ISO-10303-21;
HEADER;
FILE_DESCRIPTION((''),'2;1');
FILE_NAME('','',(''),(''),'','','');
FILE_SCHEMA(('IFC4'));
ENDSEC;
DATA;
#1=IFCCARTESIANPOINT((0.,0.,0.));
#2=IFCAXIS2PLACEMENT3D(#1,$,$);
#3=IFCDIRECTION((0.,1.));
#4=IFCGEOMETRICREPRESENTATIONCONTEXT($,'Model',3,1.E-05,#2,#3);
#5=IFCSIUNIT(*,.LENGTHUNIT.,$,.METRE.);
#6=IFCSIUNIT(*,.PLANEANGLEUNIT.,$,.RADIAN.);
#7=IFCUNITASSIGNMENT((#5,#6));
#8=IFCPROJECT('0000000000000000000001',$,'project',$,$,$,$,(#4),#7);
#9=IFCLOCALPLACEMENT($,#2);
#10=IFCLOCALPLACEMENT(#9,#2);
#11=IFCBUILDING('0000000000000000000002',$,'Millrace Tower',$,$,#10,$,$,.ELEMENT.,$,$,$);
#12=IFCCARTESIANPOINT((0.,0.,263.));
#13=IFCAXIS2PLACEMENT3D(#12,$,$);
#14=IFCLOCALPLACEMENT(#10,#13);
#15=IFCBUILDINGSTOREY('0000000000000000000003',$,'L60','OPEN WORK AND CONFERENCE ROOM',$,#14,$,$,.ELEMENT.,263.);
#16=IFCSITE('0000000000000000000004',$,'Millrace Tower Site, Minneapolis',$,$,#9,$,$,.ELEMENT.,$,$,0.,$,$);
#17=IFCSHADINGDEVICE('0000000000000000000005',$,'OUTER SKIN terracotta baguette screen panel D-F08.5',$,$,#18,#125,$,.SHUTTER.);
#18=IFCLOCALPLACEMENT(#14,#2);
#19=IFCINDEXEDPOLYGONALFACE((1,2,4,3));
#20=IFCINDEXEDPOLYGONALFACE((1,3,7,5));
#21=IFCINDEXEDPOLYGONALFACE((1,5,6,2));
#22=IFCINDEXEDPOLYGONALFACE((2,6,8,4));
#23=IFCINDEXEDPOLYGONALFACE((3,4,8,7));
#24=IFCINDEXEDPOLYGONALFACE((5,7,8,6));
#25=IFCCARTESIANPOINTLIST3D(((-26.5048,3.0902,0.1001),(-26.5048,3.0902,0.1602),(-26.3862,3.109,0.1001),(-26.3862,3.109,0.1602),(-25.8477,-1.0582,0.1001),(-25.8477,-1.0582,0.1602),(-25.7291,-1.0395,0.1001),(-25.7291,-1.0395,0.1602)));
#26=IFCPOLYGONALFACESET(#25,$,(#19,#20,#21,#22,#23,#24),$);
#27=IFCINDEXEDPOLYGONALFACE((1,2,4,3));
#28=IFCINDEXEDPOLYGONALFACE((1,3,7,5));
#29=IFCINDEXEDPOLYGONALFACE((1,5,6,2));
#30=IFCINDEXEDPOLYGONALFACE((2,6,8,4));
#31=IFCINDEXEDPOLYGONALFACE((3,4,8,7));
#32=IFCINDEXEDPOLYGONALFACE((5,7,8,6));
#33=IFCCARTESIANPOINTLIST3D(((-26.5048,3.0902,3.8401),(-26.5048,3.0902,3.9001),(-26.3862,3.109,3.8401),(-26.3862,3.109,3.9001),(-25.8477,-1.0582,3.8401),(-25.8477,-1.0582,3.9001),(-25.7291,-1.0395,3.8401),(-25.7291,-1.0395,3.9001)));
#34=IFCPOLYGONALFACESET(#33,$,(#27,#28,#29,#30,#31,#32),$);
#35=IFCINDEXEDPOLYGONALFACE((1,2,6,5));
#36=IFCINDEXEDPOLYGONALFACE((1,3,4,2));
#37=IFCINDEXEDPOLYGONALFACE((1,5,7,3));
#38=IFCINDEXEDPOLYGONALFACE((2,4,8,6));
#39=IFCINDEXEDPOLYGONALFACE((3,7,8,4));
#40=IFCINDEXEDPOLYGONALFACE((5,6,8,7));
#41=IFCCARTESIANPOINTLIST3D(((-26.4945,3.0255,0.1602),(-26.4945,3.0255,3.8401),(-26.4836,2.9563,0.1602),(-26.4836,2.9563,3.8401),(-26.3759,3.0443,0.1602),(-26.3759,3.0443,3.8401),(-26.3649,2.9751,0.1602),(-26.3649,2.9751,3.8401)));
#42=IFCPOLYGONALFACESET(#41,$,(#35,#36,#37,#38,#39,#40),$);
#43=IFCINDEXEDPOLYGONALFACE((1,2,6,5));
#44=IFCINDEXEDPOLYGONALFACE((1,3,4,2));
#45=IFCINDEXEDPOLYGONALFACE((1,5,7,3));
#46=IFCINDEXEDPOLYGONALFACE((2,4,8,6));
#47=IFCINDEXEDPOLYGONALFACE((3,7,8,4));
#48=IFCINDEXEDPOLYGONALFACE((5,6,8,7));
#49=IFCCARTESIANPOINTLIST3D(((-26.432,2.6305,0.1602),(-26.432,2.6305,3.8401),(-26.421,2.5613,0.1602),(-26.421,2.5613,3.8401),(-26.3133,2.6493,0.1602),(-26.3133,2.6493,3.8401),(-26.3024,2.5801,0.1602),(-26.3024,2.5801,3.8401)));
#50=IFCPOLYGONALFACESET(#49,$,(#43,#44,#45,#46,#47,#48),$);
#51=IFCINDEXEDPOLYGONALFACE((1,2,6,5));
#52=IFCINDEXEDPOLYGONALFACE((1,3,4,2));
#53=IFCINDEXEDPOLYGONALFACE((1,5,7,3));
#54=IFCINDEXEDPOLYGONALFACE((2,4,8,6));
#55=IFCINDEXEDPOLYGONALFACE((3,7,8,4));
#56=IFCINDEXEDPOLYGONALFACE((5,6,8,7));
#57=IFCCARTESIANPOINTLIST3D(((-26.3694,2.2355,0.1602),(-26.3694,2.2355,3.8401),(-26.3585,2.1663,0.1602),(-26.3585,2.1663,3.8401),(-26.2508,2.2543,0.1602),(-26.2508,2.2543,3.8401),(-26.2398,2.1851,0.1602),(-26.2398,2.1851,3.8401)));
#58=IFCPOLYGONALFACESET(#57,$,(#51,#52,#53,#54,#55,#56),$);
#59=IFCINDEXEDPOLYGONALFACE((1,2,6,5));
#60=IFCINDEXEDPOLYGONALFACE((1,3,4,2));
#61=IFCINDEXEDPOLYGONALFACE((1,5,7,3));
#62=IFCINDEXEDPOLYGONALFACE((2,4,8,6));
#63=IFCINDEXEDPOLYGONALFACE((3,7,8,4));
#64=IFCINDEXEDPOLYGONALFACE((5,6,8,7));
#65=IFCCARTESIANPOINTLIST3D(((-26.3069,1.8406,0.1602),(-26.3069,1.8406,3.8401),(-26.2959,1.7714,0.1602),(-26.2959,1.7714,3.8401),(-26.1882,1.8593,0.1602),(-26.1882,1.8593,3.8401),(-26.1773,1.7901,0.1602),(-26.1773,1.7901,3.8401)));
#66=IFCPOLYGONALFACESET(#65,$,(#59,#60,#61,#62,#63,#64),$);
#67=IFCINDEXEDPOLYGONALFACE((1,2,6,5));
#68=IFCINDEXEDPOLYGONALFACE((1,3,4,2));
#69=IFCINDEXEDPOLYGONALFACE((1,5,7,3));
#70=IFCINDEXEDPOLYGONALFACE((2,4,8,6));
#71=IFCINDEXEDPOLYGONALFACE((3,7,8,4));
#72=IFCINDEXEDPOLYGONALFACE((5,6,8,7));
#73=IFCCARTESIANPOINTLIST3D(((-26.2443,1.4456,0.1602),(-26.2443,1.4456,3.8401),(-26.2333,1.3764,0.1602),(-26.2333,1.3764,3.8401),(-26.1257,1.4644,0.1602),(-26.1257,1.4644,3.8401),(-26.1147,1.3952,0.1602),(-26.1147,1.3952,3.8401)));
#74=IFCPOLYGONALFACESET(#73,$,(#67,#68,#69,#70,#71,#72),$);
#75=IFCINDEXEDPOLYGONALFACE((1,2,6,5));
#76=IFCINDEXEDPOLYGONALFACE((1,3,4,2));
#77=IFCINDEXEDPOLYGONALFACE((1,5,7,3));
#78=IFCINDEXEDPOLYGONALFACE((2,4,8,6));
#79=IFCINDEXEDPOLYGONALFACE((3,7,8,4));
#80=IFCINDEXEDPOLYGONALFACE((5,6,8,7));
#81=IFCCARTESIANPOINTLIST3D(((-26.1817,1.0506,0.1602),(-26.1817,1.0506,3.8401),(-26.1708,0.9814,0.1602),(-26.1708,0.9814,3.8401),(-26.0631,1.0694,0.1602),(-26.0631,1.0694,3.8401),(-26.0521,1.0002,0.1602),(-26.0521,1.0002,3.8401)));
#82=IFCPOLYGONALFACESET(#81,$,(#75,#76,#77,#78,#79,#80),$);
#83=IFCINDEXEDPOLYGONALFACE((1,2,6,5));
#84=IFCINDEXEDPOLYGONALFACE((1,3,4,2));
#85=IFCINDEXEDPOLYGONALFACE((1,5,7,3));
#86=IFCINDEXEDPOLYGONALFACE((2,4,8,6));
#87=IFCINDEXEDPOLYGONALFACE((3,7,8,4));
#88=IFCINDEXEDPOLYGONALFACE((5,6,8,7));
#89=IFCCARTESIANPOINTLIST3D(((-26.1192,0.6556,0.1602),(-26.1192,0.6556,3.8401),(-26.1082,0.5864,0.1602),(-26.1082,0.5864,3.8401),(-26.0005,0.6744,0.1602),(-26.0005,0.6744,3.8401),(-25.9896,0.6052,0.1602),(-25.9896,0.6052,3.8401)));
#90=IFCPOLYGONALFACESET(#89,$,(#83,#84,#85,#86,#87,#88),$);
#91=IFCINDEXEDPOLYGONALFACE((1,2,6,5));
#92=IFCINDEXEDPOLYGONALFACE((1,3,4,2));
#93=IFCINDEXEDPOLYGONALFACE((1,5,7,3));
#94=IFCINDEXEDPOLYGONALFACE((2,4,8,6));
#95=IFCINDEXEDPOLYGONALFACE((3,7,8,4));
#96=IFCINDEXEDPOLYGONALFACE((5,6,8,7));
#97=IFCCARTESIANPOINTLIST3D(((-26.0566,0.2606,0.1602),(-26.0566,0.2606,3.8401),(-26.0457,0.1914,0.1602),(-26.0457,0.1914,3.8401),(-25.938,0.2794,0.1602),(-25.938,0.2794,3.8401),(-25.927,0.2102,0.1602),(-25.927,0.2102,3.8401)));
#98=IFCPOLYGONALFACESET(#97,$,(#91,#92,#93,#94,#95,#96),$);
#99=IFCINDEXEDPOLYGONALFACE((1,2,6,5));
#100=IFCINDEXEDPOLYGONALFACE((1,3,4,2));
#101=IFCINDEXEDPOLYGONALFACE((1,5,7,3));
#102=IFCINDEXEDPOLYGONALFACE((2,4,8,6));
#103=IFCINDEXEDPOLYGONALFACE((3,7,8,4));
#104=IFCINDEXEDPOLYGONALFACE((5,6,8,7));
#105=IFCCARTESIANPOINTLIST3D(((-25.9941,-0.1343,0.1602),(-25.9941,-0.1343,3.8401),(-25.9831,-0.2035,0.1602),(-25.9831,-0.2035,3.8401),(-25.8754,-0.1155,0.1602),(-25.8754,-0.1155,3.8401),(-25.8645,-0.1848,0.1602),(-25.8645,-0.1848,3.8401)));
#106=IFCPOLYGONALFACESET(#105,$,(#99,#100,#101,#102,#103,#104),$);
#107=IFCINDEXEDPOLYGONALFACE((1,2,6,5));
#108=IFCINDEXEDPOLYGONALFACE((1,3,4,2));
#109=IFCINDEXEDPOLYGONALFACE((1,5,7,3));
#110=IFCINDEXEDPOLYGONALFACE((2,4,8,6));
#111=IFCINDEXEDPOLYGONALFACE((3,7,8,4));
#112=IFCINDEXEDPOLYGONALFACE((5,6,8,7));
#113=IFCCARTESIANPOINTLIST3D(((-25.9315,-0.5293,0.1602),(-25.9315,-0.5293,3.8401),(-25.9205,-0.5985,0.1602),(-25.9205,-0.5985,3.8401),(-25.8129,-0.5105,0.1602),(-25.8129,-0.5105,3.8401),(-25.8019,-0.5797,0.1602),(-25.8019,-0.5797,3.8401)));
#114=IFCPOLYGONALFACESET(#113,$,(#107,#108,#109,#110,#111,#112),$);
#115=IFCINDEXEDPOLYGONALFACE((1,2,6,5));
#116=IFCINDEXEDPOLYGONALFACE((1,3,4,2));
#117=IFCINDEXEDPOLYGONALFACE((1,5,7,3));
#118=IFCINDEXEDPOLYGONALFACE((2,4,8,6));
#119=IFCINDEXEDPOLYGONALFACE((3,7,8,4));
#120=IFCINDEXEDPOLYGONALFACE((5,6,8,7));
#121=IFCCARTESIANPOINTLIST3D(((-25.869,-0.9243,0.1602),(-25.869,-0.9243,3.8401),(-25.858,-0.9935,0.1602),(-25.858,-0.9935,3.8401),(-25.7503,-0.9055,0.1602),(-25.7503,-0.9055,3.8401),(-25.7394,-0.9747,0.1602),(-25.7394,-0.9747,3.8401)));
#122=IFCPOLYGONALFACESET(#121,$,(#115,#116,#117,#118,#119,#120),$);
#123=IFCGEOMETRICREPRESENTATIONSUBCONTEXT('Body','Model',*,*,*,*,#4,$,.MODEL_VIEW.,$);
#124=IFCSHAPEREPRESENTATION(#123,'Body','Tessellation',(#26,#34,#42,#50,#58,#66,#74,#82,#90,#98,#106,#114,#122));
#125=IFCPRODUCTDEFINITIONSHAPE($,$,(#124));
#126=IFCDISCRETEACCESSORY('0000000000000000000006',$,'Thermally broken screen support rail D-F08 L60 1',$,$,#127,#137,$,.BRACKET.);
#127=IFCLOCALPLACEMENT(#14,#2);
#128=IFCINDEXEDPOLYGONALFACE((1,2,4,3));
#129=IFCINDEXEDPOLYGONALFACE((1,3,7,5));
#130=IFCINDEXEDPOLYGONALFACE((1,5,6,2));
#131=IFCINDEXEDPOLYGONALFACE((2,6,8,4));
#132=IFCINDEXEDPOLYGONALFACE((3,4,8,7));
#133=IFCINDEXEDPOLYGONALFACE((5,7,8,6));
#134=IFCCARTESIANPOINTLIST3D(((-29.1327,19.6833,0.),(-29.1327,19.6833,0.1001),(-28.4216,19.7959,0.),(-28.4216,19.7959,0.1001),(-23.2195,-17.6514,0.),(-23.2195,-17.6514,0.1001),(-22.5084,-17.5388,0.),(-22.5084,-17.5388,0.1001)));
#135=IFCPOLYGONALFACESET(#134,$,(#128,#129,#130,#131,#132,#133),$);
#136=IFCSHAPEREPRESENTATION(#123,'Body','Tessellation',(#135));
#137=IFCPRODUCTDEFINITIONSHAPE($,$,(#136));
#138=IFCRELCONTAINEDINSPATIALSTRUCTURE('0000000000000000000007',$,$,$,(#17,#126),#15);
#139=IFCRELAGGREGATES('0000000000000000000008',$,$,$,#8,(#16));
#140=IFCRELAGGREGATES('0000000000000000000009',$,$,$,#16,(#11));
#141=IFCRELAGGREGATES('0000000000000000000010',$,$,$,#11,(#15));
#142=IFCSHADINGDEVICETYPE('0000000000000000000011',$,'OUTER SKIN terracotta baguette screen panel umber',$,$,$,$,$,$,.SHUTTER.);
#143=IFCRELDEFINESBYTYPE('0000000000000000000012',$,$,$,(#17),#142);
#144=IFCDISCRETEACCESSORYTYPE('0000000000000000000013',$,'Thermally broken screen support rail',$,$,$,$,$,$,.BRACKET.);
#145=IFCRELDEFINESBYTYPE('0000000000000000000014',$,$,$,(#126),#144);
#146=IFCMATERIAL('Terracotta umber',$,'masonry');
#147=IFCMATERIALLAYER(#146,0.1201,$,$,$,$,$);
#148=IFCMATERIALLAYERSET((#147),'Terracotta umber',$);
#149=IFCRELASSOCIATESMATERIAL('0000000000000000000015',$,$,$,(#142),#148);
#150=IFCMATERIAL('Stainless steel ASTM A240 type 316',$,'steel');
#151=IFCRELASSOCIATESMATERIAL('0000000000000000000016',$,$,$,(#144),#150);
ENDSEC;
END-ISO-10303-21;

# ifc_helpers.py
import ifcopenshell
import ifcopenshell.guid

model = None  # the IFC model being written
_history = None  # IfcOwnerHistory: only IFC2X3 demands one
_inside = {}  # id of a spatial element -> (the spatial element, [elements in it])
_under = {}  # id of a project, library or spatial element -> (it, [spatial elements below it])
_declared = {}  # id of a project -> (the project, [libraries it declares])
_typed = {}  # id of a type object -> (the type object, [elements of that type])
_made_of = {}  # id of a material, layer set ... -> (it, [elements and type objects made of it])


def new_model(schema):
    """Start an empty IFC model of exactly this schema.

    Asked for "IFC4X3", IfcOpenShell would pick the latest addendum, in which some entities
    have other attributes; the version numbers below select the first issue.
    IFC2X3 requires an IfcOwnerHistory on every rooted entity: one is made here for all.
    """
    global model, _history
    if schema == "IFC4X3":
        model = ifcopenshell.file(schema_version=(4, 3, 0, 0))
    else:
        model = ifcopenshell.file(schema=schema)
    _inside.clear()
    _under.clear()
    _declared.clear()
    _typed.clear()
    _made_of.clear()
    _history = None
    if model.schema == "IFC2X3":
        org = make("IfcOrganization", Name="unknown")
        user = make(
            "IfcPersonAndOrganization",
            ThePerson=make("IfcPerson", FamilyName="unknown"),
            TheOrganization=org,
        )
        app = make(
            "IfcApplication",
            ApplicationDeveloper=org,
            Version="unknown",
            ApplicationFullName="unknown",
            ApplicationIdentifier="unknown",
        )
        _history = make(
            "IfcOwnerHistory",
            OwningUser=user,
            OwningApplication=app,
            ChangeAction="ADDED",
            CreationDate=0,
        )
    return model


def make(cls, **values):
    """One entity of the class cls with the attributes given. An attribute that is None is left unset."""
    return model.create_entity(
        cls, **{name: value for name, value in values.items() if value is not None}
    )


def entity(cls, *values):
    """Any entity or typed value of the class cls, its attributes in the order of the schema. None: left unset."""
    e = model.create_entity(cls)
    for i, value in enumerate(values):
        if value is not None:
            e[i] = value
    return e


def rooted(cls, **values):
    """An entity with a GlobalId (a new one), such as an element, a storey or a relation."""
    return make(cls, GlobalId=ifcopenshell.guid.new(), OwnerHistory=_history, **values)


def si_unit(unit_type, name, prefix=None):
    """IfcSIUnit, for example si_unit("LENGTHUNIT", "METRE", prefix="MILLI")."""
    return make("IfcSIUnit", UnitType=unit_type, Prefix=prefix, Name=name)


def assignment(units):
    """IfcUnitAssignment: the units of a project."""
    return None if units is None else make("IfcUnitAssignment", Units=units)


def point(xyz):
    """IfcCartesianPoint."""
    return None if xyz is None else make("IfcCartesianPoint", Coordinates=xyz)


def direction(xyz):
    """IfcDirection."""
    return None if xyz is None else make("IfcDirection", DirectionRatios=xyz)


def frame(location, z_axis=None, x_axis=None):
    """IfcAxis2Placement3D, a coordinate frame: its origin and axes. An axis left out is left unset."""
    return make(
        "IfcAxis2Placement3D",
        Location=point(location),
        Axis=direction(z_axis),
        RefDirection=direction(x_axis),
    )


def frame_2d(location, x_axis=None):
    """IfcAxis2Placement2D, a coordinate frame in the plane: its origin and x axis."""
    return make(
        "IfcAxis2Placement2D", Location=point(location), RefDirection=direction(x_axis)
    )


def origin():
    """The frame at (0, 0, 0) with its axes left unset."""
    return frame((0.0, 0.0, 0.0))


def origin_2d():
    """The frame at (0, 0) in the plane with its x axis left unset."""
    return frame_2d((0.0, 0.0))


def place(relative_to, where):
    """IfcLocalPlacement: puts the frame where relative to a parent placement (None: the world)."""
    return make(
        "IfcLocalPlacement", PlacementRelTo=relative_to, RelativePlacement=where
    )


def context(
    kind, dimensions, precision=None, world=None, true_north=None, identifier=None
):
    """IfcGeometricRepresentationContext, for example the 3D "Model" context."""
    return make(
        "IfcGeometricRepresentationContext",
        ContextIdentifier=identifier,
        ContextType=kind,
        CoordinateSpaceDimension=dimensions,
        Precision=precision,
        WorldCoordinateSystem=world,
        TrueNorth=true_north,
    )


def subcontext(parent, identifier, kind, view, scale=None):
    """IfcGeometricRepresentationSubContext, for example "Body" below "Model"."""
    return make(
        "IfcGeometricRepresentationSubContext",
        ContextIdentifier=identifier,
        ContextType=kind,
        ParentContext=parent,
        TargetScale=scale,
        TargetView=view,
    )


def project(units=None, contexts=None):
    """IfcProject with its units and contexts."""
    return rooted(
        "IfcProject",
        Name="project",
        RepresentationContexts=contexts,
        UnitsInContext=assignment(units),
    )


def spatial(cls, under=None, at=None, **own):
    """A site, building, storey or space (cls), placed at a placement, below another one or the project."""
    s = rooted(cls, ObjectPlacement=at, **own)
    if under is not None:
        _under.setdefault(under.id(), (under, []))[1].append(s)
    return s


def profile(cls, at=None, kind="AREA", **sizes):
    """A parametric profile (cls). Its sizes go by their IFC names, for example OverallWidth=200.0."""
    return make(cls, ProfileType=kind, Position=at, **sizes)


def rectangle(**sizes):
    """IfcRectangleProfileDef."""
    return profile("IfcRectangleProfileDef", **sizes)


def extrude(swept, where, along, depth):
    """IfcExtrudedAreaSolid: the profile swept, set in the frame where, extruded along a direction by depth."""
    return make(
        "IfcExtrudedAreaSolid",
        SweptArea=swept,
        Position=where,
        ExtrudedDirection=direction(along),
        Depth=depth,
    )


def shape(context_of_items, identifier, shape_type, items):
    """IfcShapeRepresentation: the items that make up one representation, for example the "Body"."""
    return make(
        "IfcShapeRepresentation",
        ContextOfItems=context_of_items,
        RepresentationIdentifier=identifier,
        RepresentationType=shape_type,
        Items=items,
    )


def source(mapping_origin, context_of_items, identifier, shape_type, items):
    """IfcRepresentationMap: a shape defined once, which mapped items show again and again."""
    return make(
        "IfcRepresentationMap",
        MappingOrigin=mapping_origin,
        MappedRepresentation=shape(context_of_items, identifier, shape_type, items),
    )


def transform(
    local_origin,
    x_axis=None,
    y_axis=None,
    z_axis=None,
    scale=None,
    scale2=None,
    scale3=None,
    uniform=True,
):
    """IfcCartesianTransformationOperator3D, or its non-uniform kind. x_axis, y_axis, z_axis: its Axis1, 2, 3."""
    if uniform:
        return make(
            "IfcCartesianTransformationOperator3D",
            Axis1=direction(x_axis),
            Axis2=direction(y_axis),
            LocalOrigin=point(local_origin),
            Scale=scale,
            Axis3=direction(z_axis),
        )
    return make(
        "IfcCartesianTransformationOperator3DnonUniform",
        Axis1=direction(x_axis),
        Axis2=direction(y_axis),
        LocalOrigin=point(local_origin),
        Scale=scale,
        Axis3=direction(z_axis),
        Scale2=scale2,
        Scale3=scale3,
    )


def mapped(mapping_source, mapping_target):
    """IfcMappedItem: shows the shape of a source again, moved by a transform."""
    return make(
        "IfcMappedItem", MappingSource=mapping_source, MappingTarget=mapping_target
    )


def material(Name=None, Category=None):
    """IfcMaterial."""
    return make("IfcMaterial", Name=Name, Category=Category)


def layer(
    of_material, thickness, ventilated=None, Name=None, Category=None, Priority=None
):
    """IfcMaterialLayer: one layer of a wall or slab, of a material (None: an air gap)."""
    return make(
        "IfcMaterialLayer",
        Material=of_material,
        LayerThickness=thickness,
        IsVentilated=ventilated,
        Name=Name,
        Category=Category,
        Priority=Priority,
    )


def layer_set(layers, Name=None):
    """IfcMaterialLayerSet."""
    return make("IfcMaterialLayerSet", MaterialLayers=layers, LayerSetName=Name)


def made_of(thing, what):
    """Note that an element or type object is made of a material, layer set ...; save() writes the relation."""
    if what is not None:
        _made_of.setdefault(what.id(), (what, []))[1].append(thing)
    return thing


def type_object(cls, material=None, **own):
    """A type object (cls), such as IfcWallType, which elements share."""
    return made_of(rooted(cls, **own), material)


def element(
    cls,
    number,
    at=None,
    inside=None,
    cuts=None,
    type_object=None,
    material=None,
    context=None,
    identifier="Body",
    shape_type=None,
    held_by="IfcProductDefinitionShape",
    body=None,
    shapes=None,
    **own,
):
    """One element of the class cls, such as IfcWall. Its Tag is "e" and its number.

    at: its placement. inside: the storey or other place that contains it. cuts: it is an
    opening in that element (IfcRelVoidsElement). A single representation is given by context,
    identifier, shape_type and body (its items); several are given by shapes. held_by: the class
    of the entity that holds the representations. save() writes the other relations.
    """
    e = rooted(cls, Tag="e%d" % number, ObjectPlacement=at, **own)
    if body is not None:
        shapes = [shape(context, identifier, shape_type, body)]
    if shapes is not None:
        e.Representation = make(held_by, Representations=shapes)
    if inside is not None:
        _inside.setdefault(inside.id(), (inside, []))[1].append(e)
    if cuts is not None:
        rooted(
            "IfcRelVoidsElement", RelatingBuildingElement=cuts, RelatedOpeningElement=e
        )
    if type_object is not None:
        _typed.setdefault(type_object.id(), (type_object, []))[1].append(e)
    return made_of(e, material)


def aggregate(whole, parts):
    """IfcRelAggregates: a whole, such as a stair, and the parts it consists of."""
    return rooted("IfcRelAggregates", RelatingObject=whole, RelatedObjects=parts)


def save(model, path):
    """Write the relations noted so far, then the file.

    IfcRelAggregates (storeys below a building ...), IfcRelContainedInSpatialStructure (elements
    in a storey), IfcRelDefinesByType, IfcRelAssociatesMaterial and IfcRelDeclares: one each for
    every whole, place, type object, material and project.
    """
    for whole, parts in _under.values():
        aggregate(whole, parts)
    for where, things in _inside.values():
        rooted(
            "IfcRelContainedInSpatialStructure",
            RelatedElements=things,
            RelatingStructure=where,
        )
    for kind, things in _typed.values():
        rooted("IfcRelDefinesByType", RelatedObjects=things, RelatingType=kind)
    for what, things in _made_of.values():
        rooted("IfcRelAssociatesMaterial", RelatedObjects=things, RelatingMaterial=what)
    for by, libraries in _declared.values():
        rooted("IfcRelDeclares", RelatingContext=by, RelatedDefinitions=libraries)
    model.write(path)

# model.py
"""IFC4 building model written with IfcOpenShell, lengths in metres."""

from ifc_helpers import new_model, entity, si_unit, direction, frame, frame_2d, origin, origin_2d, place, context, subcontext, project, spatial, rectangle, extrude, source, transform, mapped, material, layer, layer_set, type_object, element, save


model = new_model("IFC4")

# Units and contexts
model_context = context("Model", 3, precision=1e-05, world=origin(), true_north=direction((0.0, 1.0)))
body_context = subcontext(model_context, "Body", "Model", "MODEL_VIEW")
ifc_project = project(units=[si_unit("LENGTHUNIT", "METRE"), si_unit("PLANEANGLEUNIT", "RADIAN")], contexts=[model_context])

# Site, building, storey
site_placement = place(None, origin())
site = spatial("IfcSite", under=ifc_project, at=site_placement, Name="Millrace Tower Site, Minneapolis", CompositionType="ELEMENT", RefElevation=0.0)
building_placement = place(site_placement, origin())
building = spatial("IfcBuilding", under=site, at=building_placement, Name="Millrace Tower", CompositionType="ELEMENT")
storey_placement = place(building_placement, frame((0.0, 0.0, 263.0)))
storey = spatial("IfcBuildingStorey", under=building, at=storey_placement, Name="L60", Description="OPEN WORK AND CONFERENCE ROOM", CompositionType="ELEMENT", Elevation=263.0)

# Shading device
ifc_material_1 = material(Name="Terracotta umber", Category="masonry")
ifc_layer_1 = layer(ifc_material_1, 0.1201)
ifc_layer_set_1 = layer_set([ifc_layer_1], Name="Terracotta umber")
shading_device_type = type_object("IfcShadingDeviceType", Name="OUTER SKIN terracotta baguette screen panel umber", PredefinedType="SHUTTER", material=ifc_layer_set_1)
cartesian_point = entity("IfcCartesianPoint", [-2.1001, 0.0601])
shared_polyline = entity("IfcPolyline", [cartesian_point, entity("IfcCartesianPoint", [2.1001, 0.0601]), entity("IfcCartesianPoint", [2.1001, -0.0601]), entity("IfcCartesianPoint", [-2.1001, -0.0601]), cartesian_point])
shared_shape = source(origin(), body_context, "Body", "SweptSolid", [
    entity("IfcExtrudedAreaSolid", entity("IfcArbitraryClosedProfileDef", "AREA", None, shared_polyline), entity("IfcAxis2Placement3D", entity("IfcCartesianPoint", [0.0, 0.0, 0.0])), entity("IfcDirection", [0.0, 0.0, 1.0]), 0.0601),
    entity("IfcExtrudedAreaSolid", entity("IfcArbitraryClosedProfileDef", "AREA", None, shared_polyline), entity("IfcAxis2Placement3D", entity("IfcCartesianPoint", [0.0, 0.0, 3.74])), entity("IfcDirection", [0.0, 0.0, 1.0]), 0.0601),
    extrude(rectangle(XDim=0.0701, YDim=0.1201, at=frame_2d((-1.9995, 0.0))), frame((0.0, 0.0, 0.0601)), (0.0, 0.0, 1.0), 3.6799),
    extrude(rectangle(XDim=0.0701, YDim=0.1201, at=frame_2d((-1.5996, 0.0))), frame((0.0, 0.0, 0.0601)), (0.0, 0.0, 1.0), 3.6799),
    extrude(rectangle(XDim=0.0701, YDim=0.1201, at=frame_2d((-1.1997, 0.0))), frame((0.0, 0.0, 0.0601)), (0.0, 0.0, 1.0), 3.6799),
    extrude(rectangle(XDim=0.0701, YDim=0.1201, at=frame_2d((-0.7998, 0.0))), frame((0.0, 0.0, 0.0601)), (0.0, 0.0, 1.0), 3.6799),
    extrude(rectangle(XDim=0.0701, YDim=0.1201, at=frame_2d((-0.3999, 0.0))), frame((0.0, 0.0, 0.0601)), (0.0, 0.0, 1.0), 3.6799),
    extrude(rectangle(XDim=0.0701, YDim=0.1201, at=origin_2d()), frame((0.0, 0.0, 0.0601)), (0.0, 0.0, 1.0), 3.6799),
    extrude(rectangle(XDim=0.0701, YDim=0.1201, at=frame_2d((0.3999, 0.0))), frame((0.0, 0.0, 0.0601)), (0.0, 0.0, 1.0), 3.6799),
    extrude(rectangle(XDim=0.0701, YDim=0.1201, at=frame_2d((0.7998, 0.0))), frame((0.0, 0.0, 0.0601)), (0.0, 0.0, 1.0), 3.6799),
    extrude(rectangle(XDim=0.0701, YDim=0.1201, at=frame_2d((1.1997, 0.0))), frame((0.0, 0.0, 0.0601)), (0.0, 0.0, 1.0), 3.6799),
    extrude(rectangle(XDim=0.0701, YDim=0.1201, at=frame_2d((1.5996, 0.0))), frame((0.0, 0.0, 0.0601)), (0.0, 0.0, 1.0), 3.6799),
    extrude(rectangle(XDim=0.0701, YDim=0.1201, at=frame_2d((1.9995, 0.0))), frame((0.0, 0.0, 0.0601)), (0.0, 0.0, 1.0), 3.6799),
])
for number, where, z_axis, x_axis, name in (
    (1, (-26.1169, 1.0254, 0.1001), (0.0, 0.0, 1.0), (0.156434, -0.987688, 0.0), "OUTER SKIN terracotta baguette screen panel D-F08.5"),
):
    element("IfcShadingDevice", number, at=place(storey_placement, frame(where, z_axis=z_axis, x_axis=x_axis)), inside=storey, type_object=shading_device_type, Name=name, PredefinedType="SHUTTER", context=body_context, shape_type="MappedRepresentation", body=[
        mapped(shared_shape, transform((0.0, 0.0, 0.0), scale=1.0)),
    ])

# Discrete accessory
ifc_material_2 = material(Name="Stainless steel ASTM A240 type 316", Category="steel")
discrete_accessory_type = type_object("IfcDiscreteAccessoryType", Name="Thermally broken screen support rail", PredefinedType="BRACKET", material=ifc_material_2)
discrete_accessory_placement = place(storey_placement, frame((-25.8206, 1.0723, 0.0), z_axis=(0.0, 0.0, 1.0), x_axis=(0.156434, -0.987688, 0.0)))
element("IfcDiscreteAccessory", 2, at=discrete_accessory_placement, inside=storey, type_object=discrete_accessory_type, Name="Thermally broken screen support rail D-F08 L60 1", PredefinedType="BRACKET", context=body_context, shape_type="SweptSolid", body=[
    extrude(rectangle(XDim=37.8, YDim=0.72, at=origin_2d()), origin(), (0.0, 0.0, 1.0), 0.1001),
])

save(model, "model.ifc")
